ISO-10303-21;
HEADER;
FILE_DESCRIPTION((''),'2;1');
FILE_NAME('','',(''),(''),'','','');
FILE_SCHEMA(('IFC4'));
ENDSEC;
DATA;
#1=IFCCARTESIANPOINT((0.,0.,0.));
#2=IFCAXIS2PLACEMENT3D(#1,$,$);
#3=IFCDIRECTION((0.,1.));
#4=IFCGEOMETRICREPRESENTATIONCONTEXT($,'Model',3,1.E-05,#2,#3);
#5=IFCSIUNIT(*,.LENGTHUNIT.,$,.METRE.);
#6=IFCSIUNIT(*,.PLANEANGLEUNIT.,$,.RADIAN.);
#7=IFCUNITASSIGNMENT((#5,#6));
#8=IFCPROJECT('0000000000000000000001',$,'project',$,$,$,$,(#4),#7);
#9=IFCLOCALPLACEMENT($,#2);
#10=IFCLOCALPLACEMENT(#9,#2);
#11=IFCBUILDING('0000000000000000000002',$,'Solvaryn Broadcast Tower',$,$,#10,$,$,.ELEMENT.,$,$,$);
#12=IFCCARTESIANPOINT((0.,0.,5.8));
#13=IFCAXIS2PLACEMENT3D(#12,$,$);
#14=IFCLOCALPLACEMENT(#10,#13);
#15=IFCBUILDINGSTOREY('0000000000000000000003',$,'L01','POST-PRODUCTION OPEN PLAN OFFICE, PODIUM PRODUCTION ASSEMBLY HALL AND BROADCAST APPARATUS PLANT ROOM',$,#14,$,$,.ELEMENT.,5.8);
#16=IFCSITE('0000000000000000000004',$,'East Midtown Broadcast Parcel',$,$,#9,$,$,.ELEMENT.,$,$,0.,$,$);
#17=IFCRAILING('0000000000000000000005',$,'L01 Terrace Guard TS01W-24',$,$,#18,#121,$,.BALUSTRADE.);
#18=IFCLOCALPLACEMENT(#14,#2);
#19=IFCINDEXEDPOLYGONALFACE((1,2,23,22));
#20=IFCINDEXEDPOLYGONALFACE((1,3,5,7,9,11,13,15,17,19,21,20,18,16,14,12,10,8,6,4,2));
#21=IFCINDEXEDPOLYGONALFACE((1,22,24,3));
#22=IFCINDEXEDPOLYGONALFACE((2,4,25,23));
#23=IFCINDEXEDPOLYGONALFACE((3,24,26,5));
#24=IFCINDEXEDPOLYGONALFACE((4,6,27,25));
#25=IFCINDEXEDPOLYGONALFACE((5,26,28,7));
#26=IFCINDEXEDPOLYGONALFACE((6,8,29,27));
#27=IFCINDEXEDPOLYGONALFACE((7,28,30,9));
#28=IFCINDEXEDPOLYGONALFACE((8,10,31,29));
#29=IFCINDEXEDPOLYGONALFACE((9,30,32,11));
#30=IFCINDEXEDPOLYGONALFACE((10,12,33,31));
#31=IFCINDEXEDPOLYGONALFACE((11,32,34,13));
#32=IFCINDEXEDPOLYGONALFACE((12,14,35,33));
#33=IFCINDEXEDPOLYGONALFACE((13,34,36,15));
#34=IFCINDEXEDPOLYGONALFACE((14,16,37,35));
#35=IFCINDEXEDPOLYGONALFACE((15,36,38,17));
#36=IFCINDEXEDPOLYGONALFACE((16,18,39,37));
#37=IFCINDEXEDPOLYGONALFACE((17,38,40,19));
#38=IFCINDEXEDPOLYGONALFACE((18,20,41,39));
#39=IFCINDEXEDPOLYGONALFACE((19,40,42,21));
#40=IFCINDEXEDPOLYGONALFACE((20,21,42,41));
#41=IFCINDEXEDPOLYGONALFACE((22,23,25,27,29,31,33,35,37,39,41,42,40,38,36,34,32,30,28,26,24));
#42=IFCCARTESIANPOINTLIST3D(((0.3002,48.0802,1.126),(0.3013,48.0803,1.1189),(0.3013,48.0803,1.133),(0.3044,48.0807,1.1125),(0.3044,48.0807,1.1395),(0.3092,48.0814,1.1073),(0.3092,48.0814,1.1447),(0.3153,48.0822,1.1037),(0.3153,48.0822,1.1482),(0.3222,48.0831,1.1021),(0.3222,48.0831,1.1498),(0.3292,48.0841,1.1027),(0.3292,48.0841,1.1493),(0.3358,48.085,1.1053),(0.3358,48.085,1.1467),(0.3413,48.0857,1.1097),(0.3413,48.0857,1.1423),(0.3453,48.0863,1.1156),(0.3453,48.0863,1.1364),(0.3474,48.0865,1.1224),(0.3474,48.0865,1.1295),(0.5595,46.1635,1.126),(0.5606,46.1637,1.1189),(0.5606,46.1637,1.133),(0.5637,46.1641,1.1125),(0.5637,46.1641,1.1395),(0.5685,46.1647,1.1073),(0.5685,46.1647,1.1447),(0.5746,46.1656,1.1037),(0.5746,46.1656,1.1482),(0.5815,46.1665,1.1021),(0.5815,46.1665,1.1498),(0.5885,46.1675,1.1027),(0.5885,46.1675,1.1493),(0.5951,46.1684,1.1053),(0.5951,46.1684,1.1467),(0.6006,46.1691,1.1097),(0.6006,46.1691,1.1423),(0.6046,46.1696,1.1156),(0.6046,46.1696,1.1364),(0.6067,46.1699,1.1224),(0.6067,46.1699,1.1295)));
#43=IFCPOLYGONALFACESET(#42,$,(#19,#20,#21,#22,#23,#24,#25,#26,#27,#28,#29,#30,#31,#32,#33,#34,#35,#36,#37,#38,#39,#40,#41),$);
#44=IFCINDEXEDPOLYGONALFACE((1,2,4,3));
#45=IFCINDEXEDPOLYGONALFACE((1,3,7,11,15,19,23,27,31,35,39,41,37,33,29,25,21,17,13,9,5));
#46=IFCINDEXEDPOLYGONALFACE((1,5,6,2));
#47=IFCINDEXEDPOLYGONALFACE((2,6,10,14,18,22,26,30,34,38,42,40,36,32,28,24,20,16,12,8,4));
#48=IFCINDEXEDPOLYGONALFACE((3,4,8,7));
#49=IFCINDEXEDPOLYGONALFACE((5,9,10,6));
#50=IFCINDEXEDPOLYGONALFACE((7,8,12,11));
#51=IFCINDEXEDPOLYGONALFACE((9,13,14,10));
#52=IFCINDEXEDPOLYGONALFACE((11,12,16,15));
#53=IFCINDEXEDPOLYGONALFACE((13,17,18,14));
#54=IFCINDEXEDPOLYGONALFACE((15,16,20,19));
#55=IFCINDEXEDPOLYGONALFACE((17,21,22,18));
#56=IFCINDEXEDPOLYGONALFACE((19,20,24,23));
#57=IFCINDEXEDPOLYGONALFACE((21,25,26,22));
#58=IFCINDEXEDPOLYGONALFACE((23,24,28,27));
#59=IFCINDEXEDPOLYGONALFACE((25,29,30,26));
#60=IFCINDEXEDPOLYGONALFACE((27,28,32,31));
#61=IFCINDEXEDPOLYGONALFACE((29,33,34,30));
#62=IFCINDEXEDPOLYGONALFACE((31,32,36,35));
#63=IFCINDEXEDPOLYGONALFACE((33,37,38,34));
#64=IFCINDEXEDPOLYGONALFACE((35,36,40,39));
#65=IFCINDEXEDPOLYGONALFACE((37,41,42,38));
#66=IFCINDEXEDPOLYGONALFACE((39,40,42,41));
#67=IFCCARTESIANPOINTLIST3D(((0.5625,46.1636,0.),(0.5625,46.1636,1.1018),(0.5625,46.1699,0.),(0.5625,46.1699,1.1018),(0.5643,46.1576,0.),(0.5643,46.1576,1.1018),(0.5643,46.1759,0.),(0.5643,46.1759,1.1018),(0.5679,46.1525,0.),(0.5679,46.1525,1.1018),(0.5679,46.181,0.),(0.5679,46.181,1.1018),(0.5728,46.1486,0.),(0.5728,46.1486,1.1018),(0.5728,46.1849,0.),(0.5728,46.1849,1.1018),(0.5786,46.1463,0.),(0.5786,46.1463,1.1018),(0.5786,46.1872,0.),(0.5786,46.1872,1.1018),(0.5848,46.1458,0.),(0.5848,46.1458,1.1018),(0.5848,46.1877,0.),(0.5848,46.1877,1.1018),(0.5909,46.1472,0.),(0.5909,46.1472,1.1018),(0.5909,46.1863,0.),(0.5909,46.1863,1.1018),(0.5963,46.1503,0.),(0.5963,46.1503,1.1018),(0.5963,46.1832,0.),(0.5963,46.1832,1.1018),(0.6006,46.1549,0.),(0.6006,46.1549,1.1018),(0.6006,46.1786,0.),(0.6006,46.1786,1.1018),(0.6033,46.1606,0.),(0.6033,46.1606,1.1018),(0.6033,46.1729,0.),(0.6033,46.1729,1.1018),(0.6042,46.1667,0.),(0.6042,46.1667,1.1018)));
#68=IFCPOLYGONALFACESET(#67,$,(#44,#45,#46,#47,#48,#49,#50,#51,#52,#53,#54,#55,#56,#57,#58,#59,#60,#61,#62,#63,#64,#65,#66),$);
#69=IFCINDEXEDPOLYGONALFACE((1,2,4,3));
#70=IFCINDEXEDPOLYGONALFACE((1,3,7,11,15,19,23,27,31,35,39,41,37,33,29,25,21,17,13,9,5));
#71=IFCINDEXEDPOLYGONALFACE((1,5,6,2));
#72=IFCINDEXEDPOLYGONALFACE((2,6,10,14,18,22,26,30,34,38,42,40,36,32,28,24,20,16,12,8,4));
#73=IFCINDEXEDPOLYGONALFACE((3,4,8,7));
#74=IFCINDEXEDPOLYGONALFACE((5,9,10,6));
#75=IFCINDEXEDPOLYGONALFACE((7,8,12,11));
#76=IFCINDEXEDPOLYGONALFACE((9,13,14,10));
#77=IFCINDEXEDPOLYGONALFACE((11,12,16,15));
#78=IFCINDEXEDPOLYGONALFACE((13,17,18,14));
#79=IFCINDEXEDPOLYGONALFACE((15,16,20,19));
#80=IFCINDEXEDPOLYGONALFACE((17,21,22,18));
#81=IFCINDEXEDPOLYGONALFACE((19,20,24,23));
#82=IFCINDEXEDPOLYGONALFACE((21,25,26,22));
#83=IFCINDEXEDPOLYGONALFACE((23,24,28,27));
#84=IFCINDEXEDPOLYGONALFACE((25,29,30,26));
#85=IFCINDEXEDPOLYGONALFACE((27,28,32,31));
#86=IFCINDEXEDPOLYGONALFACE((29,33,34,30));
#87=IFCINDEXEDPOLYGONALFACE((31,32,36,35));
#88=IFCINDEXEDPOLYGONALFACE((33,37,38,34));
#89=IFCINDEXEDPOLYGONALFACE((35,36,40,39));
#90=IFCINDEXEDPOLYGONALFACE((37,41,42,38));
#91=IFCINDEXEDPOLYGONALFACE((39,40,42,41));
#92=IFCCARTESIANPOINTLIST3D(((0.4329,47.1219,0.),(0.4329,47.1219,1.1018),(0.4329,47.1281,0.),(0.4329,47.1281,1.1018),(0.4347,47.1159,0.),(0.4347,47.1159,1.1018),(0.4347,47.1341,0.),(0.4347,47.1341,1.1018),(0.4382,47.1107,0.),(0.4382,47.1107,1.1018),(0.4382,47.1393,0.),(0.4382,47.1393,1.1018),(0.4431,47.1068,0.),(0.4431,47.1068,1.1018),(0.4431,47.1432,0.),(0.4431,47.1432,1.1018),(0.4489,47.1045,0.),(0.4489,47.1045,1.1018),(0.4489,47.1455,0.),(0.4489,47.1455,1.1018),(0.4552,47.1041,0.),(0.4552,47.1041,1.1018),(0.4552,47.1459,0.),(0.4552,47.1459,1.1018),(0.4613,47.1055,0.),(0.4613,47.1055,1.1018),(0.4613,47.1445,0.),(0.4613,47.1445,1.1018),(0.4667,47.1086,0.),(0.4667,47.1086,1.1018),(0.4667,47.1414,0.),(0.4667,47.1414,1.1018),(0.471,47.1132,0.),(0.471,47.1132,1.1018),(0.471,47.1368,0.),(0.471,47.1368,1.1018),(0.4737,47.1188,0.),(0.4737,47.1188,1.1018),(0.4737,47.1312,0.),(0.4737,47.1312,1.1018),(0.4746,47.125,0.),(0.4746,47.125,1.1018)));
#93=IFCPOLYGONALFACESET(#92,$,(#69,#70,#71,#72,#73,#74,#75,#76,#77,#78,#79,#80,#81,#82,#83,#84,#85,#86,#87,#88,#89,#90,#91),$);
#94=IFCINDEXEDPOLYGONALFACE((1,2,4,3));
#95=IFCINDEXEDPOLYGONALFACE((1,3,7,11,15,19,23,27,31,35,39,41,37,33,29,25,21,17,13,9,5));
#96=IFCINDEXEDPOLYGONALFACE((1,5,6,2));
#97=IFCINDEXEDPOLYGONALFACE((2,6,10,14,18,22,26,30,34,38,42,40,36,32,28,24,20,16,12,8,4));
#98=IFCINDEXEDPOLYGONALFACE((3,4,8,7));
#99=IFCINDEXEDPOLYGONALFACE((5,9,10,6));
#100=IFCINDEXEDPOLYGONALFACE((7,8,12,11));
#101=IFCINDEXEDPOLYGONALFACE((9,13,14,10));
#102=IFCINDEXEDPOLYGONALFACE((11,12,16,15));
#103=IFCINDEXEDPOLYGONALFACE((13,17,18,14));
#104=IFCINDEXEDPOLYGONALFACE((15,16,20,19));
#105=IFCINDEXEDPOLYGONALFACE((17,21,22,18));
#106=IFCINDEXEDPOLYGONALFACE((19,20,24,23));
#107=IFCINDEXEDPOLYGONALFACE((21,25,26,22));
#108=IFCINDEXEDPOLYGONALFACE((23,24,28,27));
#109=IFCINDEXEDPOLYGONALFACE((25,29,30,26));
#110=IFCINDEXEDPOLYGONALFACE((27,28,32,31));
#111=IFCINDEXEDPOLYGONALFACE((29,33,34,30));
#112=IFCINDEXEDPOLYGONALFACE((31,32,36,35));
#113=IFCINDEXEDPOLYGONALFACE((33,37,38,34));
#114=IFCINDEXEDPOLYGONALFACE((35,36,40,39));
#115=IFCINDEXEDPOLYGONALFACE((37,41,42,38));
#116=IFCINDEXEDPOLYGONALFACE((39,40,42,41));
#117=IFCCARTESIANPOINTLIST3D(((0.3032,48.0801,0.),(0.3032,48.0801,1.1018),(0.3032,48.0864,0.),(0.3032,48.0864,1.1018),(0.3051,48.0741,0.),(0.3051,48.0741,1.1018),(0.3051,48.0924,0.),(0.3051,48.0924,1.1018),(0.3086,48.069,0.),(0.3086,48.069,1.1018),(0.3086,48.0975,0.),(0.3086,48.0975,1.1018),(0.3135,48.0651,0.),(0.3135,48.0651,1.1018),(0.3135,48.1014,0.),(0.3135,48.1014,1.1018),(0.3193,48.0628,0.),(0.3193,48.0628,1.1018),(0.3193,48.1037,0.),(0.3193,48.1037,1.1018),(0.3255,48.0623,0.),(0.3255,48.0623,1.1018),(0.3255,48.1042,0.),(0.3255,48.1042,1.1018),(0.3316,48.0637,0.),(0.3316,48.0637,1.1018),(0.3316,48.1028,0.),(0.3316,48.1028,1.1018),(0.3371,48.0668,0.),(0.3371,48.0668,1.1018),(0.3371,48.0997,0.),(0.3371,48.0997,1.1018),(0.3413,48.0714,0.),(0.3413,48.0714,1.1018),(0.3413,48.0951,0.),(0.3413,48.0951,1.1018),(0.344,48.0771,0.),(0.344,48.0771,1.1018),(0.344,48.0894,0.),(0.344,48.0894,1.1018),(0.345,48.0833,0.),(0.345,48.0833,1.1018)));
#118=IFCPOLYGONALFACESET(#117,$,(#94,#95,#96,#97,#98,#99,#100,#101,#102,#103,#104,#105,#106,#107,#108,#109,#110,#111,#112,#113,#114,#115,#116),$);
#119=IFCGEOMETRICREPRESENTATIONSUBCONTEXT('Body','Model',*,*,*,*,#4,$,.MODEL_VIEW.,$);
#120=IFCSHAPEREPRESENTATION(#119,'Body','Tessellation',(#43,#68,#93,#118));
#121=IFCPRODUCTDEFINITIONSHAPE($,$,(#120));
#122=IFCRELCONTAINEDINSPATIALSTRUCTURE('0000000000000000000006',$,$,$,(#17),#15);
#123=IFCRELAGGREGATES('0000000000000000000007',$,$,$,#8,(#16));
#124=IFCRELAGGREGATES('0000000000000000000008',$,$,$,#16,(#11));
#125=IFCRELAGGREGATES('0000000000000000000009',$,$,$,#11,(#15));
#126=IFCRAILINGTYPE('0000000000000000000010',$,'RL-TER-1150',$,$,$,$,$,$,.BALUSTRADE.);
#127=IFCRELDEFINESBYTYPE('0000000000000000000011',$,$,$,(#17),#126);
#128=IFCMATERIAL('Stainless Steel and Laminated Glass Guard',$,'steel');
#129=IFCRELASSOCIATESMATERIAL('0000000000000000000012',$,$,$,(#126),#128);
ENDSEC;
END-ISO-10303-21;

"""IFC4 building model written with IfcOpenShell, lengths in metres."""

from ifc_helpers import new_model, si_unit, direction, frame, origin, origin_2d, place, context, subcontext, project, spatial, circle, extrude, material, type_object, element, save


model = new_model("IFC4")

# Units and contexts
model_context = context("Model", 3, precision=1e-05, world=origin(), true_north=direction((0.0, 1.0)))
body_context = subcontext(model_context, "Body", "Model", "MODEL_VIEW")
ifc_project = project(units=[si_unit("LENGTHUNIT", "METRE"), si_unit("PLANEANGLEUNIT", "RADIAN")], contexts=[model_context])

# Site, building, storey
site_placement = place(None, origin())
site = spatial("IfcSite", under=ifc_project, at=site_placement, Name="East Midtown Broadcast Parcel", CompositionType="ELEMENT", RefElevation=0.0)
building_placement = place(site_placement, origin())
building = spatial("IfcBuilding", under=site, at=building_placement, Name="Solvaryn Broadcast Tower", CompositionType="ELEMENT")
storey_placement = place(building_placement, frame((0.0, 0.0, 5.8)))
storey = spatial("IfcBuildingStorey", under=building, at=storey_placement, Name="L01", Description="POST-PRODUCTION OPEN PLAN OFFICE, PODIUM PRODUCTION ASSEMBLY HALL AND BROADCAST APPARATUS PLANT ROOM", CompositionType="ELEMENT", Elevation=5.8)

# Railing
ifc_material_1 = material(Name="Stainless Steel and Laminated Glass Guard", Category="steel")
railing_type = type_object("IfcRailingType", Name="RL-TER-1150", PredefinedType="BALUSTRADE", material=ifc_material_1)
railing_1_placement = place(storey_placement, frame((0.5833, 46.1667, 0.0)))
element("IfcRailing", 1, at=railing_1_placement, inside=storey, type_object=railing_type, Name="L01 Terrace Guard TS01W-24", PredefinedType="BALUSTRADE", context=body_context, shape_type="SweptSolid", body=[
    extrude(circle(Radius=0.0239, at=origin_2d()), frame((0.0, 0.0, 1.126), z_axis=(-0.134065, 0.990972, 0.0), x_axis=(-0.990972, -0.134065, 0.0)), (0.0, 0.0, 1.0), 1.9341),
    extrude(circle(Radius=0.021, at=origin_2d()), origin(), (0.0, 0.0, 1.0), 1.1018),
    extrude(circle(Radius=0.021, at=origin_2d()), frame((-0.1296, 0.9583, 0.0)), (0.0, 0.0, 1.0), 1.1018),
    extrude(circle(Radius=0.021, at=origin_2d()), frame((-0.2593, 1.9165, 0.0)), (0.0, 0.0, 1.0), 1.1018),
])

save(model, "model.ifc")
